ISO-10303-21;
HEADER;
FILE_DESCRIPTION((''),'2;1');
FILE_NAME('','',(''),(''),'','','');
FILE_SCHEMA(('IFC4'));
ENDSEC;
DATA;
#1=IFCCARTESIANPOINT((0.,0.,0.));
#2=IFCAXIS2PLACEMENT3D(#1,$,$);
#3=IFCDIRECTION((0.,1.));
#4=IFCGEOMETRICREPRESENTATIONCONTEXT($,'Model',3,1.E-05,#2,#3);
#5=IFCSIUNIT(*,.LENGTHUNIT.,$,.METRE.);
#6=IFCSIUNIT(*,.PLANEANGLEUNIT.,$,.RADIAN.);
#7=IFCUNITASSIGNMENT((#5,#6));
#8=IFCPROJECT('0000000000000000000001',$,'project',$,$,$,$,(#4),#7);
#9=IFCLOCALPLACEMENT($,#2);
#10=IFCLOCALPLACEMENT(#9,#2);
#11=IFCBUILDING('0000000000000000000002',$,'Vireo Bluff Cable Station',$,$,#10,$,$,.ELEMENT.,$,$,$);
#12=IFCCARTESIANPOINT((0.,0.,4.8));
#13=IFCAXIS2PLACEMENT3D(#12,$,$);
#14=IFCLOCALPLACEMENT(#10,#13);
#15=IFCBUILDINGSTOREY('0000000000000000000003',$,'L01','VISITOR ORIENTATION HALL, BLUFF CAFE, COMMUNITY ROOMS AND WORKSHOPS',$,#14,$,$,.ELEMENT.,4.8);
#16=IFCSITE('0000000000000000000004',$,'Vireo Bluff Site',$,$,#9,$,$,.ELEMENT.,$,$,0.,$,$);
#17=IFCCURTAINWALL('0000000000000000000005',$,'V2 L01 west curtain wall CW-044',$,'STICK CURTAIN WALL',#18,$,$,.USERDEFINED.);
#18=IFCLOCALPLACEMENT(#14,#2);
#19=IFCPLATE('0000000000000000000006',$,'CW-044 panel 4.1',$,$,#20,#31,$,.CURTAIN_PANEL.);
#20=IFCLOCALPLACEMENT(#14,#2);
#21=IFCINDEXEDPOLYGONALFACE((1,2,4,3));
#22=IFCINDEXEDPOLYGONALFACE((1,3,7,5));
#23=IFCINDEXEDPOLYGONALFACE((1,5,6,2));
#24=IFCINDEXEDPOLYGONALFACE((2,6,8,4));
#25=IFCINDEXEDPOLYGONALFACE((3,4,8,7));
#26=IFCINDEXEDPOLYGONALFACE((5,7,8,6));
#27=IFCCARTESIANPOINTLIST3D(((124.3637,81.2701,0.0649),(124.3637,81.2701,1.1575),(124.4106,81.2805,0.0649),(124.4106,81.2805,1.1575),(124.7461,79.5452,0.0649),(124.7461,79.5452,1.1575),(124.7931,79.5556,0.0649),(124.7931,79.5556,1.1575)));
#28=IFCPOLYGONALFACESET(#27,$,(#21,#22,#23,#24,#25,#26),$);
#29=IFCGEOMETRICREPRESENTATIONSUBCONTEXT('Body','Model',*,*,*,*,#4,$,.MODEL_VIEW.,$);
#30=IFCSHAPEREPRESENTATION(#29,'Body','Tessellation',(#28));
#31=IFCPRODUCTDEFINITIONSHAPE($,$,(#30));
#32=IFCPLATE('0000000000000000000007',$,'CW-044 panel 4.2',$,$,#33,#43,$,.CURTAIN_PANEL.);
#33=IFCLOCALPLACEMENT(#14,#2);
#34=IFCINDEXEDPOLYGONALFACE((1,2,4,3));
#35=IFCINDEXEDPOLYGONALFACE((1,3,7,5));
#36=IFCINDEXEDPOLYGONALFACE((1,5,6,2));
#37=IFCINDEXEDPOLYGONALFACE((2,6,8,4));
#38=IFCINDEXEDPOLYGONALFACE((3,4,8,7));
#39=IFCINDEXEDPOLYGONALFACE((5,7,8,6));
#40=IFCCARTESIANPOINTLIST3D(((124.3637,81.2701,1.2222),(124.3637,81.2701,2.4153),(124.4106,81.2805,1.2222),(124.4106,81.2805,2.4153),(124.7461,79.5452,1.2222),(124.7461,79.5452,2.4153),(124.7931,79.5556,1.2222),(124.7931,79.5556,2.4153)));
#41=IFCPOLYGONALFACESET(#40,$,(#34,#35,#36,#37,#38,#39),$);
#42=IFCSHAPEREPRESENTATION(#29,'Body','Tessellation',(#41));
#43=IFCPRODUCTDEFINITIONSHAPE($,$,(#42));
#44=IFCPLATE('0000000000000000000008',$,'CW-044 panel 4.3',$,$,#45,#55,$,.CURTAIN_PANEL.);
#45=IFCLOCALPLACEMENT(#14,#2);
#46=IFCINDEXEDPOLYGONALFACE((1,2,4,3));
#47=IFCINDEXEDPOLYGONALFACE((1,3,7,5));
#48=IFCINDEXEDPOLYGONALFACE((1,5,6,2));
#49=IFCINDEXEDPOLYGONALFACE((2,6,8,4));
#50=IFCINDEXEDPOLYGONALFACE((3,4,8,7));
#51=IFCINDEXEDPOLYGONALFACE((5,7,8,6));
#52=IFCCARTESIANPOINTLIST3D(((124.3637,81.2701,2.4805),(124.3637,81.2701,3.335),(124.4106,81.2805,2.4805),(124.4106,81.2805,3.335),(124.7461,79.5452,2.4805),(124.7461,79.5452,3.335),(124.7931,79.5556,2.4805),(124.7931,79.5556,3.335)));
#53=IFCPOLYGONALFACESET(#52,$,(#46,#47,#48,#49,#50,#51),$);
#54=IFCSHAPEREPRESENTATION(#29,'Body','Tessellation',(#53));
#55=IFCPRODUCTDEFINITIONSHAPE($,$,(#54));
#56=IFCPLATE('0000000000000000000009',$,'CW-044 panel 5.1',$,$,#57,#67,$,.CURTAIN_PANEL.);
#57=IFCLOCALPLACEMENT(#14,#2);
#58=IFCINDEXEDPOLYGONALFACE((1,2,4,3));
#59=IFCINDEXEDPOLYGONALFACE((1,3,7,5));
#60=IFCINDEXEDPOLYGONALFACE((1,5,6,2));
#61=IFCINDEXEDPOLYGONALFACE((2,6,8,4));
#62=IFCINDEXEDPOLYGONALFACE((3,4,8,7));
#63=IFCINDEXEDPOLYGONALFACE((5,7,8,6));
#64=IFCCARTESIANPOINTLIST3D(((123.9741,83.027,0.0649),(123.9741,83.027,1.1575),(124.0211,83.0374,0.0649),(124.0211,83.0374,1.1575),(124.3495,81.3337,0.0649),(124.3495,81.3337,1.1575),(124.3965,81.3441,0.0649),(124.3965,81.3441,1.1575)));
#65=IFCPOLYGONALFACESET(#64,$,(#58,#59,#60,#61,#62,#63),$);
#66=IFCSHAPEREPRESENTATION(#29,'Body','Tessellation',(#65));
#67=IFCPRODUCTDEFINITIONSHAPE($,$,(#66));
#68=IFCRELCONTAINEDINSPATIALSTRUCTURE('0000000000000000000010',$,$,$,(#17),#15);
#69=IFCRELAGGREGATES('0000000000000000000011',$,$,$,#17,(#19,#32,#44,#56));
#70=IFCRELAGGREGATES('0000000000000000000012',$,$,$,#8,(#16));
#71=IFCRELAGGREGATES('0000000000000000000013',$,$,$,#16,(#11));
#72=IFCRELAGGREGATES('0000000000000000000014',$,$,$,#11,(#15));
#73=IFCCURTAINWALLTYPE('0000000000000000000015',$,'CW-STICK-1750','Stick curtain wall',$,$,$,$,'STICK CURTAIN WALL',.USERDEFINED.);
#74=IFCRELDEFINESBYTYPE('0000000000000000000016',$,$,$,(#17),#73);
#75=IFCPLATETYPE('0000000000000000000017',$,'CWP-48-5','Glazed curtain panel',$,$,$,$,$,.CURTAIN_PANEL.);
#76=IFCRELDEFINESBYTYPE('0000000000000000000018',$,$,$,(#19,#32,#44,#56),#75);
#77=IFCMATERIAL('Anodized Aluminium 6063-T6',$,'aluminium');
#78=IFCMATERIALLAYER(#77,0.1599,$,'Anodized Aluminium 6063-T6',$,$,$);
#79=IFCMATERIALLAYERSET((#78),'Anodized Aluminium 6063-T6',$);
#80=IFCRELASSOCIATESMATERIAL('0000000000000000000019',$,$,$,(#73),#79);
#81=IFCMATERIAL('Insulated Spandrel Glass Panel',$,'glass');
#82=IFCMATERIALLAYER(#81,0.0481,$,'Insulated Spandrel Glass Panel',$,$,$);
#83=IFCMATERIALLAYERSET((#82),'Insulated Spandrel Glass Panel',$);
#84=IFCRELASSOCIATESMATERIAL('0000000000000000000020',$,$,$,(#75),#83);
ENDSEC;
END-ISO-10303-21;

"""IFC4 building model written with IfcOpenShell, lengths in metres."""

from ifc_helpers import new_model, si_unit, direction, frame, origin, origin_2d, place, context, subcontext, project, spatial, rectangle, extrude, material, layer, layer_set, type_object, element, aggregate, save


model = new_model("IFC4")

# Units and contexts
model_context = context("Model", 3, precision=1e-05, world=origin(), true_north=direction((0.0, 1.0)))
body_context = subcontext(model_context, "Body", "Model", "MODEL_VIEW")
ifc_project = project(units=[si_unit("LENGTHUNIT", "METRE"), si_unit("PLANEANGLEUNIT", "RADIAN")], contexts=[model_context])

# Site, building, storey
site_placement = place(None, origin())
site = spatial("IfcSite", under=ifc_project, at=site_placement, Name="Vireo Bluff Site", CompositionType="ELEMENT", RefElevation=0.0)
building_placement = place(site_placement, origin())
building = spatial("IfcBuilding", under=site, at=building_placement, Name="Vireo Bluff Cable Station", CompositionType="ELEMENT")
storey_placement = place(building_placement, frame((0.0, 0.0, 4.8)))
storey = spatial("IfcBuildingStorey", under=building, at=storey_placement, Name="L01", Description="VISITOR ORIENTATION HALL, BLUFF CAFE, COMMUNITY ROOMS AND WORKSHOPS", CompositionType="ELEMENT", Elevation=4.8)

# Curtain wall
ifc_material_1 = material(Name="Anodized Aluminium 6063-T6", Category="aluminium")
ifc_layer_1 = layer(ifc_material_1, 0.1599, Name="Anodized Aluminium 6063-T6")
ifc_layer_set_1 = layer_set([ifc_layer_1], Name="Anodized Aluminium 6063-T6")
curtain_wall_type = type_object("IfcCurtainWallType", Name="CW-STICK-1750", Description="Stick curtain wall", ElementType="STICK CURTAIN WALL", PredefinedType="USERDEFINED", material=ifc_layer_set_1)
curtain_wall_placement = place(storey_placement, origin())
curtain_wall = element("IfcCurtainWall", 1, at=curtain_wall_placement, inside=storey, type_object=curtain_wall_type, Name="V2 L01 west curtain wall CW-044", ObjectType="STICK CURTAIN WALL", PredefinedType="USERDEFINED")

# Plates
ifc_material_2 = material(Name="Insulated Spandrel Glass Panel", Category="glass")
ifc_layer_2 = layer(ifc_material_2, 0.0481, Name="Insulated Spandrel Glass Panel")
ifc_layer_set_2 = layer_set([ifc_layer_2], Name="Insulated Spandrel Glass Panel")
plate_type = type_object("IfcPlateType", Name="CWP-48-5", Description="Glazed curtain panel", PredefinedType="CURTAIN_PANEL", material=ifc_layer_set_2)
plate_1_placement = place(storey_placement, frame((124.5784, 80.4128, 0.0649), z_axis=(0.0, 0.0, 1.0), x_axis=(-0.21644, 0.976296, 0.0)))
plate_1 = element("IfcPlate", 2, at=plate_1_placement, type_object=plate_type, Name="CW-044 panel 4.1", PredefinedType="CURTAIN_PANEL", context=body_context, shape_type="SweptSolid", body=[
    extrude(rectangle(XDim=1.7668, YDim=0.0481, at=origin_2d()), origin(), (0.0, 0.0, 1.0), 1.0925),
])
plate_2_placement = place(storey_placement, frame((124.5784, 80.4128, 1.2222), z_axis=(0.0, 0.0, 1.0), x_axis=(-0.21644, 0.976296, 0.0)))
plate_2 = element("IfcPlate", 3, at=plate_2_placement, type_object=plate_type, Name="CW-044 panel 4.2", PredefinedType="CURTAIN_PANEL", context=body_context, shape_type="SweptSolid", body=[
    extrude(rectangle(XDim=1.7668, YDim=0.0481, at=origin_2d()), origin(), (0.0, 0.0, 1.0), 1.1931),
])
plate_3_placement = place(storey_placement, frame((124.5784, 80.4128, 2.4805), z_axis=(0.0, 0.0, 1.0), x_axis=(-0.21644, 0.976296, 0.0)))
plate_3 = element("IfcPlate", 4, at=plate_3_placement, type_object=plate_type, Name="CW-044 panel 4.3", PredefinedType="CURTAIN_PANEL", context=body_context, shape_type="SweptSolid", body=[
    extrude(rectangle(XDim=1.7668, YDim=0.0481, at=origin_2d()), origin(), (0.0, 0.0, 1.0), 0.8545),
])
plate_4_placement = place(storey_placement, frame((124.1853, 82.1855, 0.0649), z_axis=(0.0, 0.0, 1.0), x_axis=(-0.21644, 0.976296, 0.0)))
plate_4 = element("IfcPlate", 5, at=plate_4_placement, type_object=plate_type, Name="CW-044 panel 5.1", PredefinedType="CURTAIN_PANEL", context=body_context, shape_type="SweptSolid", body=[
    extrude(rectangle(XDim=1.7344, YDim=0.0481, at=origin_2d()), origin(), (0.0, 0.0, 1.0), 1.0925),
])
aggregate(curtain_wall, [plate_1, plate_2, plate_3, plate_4])

save(model, "model.ifc")
